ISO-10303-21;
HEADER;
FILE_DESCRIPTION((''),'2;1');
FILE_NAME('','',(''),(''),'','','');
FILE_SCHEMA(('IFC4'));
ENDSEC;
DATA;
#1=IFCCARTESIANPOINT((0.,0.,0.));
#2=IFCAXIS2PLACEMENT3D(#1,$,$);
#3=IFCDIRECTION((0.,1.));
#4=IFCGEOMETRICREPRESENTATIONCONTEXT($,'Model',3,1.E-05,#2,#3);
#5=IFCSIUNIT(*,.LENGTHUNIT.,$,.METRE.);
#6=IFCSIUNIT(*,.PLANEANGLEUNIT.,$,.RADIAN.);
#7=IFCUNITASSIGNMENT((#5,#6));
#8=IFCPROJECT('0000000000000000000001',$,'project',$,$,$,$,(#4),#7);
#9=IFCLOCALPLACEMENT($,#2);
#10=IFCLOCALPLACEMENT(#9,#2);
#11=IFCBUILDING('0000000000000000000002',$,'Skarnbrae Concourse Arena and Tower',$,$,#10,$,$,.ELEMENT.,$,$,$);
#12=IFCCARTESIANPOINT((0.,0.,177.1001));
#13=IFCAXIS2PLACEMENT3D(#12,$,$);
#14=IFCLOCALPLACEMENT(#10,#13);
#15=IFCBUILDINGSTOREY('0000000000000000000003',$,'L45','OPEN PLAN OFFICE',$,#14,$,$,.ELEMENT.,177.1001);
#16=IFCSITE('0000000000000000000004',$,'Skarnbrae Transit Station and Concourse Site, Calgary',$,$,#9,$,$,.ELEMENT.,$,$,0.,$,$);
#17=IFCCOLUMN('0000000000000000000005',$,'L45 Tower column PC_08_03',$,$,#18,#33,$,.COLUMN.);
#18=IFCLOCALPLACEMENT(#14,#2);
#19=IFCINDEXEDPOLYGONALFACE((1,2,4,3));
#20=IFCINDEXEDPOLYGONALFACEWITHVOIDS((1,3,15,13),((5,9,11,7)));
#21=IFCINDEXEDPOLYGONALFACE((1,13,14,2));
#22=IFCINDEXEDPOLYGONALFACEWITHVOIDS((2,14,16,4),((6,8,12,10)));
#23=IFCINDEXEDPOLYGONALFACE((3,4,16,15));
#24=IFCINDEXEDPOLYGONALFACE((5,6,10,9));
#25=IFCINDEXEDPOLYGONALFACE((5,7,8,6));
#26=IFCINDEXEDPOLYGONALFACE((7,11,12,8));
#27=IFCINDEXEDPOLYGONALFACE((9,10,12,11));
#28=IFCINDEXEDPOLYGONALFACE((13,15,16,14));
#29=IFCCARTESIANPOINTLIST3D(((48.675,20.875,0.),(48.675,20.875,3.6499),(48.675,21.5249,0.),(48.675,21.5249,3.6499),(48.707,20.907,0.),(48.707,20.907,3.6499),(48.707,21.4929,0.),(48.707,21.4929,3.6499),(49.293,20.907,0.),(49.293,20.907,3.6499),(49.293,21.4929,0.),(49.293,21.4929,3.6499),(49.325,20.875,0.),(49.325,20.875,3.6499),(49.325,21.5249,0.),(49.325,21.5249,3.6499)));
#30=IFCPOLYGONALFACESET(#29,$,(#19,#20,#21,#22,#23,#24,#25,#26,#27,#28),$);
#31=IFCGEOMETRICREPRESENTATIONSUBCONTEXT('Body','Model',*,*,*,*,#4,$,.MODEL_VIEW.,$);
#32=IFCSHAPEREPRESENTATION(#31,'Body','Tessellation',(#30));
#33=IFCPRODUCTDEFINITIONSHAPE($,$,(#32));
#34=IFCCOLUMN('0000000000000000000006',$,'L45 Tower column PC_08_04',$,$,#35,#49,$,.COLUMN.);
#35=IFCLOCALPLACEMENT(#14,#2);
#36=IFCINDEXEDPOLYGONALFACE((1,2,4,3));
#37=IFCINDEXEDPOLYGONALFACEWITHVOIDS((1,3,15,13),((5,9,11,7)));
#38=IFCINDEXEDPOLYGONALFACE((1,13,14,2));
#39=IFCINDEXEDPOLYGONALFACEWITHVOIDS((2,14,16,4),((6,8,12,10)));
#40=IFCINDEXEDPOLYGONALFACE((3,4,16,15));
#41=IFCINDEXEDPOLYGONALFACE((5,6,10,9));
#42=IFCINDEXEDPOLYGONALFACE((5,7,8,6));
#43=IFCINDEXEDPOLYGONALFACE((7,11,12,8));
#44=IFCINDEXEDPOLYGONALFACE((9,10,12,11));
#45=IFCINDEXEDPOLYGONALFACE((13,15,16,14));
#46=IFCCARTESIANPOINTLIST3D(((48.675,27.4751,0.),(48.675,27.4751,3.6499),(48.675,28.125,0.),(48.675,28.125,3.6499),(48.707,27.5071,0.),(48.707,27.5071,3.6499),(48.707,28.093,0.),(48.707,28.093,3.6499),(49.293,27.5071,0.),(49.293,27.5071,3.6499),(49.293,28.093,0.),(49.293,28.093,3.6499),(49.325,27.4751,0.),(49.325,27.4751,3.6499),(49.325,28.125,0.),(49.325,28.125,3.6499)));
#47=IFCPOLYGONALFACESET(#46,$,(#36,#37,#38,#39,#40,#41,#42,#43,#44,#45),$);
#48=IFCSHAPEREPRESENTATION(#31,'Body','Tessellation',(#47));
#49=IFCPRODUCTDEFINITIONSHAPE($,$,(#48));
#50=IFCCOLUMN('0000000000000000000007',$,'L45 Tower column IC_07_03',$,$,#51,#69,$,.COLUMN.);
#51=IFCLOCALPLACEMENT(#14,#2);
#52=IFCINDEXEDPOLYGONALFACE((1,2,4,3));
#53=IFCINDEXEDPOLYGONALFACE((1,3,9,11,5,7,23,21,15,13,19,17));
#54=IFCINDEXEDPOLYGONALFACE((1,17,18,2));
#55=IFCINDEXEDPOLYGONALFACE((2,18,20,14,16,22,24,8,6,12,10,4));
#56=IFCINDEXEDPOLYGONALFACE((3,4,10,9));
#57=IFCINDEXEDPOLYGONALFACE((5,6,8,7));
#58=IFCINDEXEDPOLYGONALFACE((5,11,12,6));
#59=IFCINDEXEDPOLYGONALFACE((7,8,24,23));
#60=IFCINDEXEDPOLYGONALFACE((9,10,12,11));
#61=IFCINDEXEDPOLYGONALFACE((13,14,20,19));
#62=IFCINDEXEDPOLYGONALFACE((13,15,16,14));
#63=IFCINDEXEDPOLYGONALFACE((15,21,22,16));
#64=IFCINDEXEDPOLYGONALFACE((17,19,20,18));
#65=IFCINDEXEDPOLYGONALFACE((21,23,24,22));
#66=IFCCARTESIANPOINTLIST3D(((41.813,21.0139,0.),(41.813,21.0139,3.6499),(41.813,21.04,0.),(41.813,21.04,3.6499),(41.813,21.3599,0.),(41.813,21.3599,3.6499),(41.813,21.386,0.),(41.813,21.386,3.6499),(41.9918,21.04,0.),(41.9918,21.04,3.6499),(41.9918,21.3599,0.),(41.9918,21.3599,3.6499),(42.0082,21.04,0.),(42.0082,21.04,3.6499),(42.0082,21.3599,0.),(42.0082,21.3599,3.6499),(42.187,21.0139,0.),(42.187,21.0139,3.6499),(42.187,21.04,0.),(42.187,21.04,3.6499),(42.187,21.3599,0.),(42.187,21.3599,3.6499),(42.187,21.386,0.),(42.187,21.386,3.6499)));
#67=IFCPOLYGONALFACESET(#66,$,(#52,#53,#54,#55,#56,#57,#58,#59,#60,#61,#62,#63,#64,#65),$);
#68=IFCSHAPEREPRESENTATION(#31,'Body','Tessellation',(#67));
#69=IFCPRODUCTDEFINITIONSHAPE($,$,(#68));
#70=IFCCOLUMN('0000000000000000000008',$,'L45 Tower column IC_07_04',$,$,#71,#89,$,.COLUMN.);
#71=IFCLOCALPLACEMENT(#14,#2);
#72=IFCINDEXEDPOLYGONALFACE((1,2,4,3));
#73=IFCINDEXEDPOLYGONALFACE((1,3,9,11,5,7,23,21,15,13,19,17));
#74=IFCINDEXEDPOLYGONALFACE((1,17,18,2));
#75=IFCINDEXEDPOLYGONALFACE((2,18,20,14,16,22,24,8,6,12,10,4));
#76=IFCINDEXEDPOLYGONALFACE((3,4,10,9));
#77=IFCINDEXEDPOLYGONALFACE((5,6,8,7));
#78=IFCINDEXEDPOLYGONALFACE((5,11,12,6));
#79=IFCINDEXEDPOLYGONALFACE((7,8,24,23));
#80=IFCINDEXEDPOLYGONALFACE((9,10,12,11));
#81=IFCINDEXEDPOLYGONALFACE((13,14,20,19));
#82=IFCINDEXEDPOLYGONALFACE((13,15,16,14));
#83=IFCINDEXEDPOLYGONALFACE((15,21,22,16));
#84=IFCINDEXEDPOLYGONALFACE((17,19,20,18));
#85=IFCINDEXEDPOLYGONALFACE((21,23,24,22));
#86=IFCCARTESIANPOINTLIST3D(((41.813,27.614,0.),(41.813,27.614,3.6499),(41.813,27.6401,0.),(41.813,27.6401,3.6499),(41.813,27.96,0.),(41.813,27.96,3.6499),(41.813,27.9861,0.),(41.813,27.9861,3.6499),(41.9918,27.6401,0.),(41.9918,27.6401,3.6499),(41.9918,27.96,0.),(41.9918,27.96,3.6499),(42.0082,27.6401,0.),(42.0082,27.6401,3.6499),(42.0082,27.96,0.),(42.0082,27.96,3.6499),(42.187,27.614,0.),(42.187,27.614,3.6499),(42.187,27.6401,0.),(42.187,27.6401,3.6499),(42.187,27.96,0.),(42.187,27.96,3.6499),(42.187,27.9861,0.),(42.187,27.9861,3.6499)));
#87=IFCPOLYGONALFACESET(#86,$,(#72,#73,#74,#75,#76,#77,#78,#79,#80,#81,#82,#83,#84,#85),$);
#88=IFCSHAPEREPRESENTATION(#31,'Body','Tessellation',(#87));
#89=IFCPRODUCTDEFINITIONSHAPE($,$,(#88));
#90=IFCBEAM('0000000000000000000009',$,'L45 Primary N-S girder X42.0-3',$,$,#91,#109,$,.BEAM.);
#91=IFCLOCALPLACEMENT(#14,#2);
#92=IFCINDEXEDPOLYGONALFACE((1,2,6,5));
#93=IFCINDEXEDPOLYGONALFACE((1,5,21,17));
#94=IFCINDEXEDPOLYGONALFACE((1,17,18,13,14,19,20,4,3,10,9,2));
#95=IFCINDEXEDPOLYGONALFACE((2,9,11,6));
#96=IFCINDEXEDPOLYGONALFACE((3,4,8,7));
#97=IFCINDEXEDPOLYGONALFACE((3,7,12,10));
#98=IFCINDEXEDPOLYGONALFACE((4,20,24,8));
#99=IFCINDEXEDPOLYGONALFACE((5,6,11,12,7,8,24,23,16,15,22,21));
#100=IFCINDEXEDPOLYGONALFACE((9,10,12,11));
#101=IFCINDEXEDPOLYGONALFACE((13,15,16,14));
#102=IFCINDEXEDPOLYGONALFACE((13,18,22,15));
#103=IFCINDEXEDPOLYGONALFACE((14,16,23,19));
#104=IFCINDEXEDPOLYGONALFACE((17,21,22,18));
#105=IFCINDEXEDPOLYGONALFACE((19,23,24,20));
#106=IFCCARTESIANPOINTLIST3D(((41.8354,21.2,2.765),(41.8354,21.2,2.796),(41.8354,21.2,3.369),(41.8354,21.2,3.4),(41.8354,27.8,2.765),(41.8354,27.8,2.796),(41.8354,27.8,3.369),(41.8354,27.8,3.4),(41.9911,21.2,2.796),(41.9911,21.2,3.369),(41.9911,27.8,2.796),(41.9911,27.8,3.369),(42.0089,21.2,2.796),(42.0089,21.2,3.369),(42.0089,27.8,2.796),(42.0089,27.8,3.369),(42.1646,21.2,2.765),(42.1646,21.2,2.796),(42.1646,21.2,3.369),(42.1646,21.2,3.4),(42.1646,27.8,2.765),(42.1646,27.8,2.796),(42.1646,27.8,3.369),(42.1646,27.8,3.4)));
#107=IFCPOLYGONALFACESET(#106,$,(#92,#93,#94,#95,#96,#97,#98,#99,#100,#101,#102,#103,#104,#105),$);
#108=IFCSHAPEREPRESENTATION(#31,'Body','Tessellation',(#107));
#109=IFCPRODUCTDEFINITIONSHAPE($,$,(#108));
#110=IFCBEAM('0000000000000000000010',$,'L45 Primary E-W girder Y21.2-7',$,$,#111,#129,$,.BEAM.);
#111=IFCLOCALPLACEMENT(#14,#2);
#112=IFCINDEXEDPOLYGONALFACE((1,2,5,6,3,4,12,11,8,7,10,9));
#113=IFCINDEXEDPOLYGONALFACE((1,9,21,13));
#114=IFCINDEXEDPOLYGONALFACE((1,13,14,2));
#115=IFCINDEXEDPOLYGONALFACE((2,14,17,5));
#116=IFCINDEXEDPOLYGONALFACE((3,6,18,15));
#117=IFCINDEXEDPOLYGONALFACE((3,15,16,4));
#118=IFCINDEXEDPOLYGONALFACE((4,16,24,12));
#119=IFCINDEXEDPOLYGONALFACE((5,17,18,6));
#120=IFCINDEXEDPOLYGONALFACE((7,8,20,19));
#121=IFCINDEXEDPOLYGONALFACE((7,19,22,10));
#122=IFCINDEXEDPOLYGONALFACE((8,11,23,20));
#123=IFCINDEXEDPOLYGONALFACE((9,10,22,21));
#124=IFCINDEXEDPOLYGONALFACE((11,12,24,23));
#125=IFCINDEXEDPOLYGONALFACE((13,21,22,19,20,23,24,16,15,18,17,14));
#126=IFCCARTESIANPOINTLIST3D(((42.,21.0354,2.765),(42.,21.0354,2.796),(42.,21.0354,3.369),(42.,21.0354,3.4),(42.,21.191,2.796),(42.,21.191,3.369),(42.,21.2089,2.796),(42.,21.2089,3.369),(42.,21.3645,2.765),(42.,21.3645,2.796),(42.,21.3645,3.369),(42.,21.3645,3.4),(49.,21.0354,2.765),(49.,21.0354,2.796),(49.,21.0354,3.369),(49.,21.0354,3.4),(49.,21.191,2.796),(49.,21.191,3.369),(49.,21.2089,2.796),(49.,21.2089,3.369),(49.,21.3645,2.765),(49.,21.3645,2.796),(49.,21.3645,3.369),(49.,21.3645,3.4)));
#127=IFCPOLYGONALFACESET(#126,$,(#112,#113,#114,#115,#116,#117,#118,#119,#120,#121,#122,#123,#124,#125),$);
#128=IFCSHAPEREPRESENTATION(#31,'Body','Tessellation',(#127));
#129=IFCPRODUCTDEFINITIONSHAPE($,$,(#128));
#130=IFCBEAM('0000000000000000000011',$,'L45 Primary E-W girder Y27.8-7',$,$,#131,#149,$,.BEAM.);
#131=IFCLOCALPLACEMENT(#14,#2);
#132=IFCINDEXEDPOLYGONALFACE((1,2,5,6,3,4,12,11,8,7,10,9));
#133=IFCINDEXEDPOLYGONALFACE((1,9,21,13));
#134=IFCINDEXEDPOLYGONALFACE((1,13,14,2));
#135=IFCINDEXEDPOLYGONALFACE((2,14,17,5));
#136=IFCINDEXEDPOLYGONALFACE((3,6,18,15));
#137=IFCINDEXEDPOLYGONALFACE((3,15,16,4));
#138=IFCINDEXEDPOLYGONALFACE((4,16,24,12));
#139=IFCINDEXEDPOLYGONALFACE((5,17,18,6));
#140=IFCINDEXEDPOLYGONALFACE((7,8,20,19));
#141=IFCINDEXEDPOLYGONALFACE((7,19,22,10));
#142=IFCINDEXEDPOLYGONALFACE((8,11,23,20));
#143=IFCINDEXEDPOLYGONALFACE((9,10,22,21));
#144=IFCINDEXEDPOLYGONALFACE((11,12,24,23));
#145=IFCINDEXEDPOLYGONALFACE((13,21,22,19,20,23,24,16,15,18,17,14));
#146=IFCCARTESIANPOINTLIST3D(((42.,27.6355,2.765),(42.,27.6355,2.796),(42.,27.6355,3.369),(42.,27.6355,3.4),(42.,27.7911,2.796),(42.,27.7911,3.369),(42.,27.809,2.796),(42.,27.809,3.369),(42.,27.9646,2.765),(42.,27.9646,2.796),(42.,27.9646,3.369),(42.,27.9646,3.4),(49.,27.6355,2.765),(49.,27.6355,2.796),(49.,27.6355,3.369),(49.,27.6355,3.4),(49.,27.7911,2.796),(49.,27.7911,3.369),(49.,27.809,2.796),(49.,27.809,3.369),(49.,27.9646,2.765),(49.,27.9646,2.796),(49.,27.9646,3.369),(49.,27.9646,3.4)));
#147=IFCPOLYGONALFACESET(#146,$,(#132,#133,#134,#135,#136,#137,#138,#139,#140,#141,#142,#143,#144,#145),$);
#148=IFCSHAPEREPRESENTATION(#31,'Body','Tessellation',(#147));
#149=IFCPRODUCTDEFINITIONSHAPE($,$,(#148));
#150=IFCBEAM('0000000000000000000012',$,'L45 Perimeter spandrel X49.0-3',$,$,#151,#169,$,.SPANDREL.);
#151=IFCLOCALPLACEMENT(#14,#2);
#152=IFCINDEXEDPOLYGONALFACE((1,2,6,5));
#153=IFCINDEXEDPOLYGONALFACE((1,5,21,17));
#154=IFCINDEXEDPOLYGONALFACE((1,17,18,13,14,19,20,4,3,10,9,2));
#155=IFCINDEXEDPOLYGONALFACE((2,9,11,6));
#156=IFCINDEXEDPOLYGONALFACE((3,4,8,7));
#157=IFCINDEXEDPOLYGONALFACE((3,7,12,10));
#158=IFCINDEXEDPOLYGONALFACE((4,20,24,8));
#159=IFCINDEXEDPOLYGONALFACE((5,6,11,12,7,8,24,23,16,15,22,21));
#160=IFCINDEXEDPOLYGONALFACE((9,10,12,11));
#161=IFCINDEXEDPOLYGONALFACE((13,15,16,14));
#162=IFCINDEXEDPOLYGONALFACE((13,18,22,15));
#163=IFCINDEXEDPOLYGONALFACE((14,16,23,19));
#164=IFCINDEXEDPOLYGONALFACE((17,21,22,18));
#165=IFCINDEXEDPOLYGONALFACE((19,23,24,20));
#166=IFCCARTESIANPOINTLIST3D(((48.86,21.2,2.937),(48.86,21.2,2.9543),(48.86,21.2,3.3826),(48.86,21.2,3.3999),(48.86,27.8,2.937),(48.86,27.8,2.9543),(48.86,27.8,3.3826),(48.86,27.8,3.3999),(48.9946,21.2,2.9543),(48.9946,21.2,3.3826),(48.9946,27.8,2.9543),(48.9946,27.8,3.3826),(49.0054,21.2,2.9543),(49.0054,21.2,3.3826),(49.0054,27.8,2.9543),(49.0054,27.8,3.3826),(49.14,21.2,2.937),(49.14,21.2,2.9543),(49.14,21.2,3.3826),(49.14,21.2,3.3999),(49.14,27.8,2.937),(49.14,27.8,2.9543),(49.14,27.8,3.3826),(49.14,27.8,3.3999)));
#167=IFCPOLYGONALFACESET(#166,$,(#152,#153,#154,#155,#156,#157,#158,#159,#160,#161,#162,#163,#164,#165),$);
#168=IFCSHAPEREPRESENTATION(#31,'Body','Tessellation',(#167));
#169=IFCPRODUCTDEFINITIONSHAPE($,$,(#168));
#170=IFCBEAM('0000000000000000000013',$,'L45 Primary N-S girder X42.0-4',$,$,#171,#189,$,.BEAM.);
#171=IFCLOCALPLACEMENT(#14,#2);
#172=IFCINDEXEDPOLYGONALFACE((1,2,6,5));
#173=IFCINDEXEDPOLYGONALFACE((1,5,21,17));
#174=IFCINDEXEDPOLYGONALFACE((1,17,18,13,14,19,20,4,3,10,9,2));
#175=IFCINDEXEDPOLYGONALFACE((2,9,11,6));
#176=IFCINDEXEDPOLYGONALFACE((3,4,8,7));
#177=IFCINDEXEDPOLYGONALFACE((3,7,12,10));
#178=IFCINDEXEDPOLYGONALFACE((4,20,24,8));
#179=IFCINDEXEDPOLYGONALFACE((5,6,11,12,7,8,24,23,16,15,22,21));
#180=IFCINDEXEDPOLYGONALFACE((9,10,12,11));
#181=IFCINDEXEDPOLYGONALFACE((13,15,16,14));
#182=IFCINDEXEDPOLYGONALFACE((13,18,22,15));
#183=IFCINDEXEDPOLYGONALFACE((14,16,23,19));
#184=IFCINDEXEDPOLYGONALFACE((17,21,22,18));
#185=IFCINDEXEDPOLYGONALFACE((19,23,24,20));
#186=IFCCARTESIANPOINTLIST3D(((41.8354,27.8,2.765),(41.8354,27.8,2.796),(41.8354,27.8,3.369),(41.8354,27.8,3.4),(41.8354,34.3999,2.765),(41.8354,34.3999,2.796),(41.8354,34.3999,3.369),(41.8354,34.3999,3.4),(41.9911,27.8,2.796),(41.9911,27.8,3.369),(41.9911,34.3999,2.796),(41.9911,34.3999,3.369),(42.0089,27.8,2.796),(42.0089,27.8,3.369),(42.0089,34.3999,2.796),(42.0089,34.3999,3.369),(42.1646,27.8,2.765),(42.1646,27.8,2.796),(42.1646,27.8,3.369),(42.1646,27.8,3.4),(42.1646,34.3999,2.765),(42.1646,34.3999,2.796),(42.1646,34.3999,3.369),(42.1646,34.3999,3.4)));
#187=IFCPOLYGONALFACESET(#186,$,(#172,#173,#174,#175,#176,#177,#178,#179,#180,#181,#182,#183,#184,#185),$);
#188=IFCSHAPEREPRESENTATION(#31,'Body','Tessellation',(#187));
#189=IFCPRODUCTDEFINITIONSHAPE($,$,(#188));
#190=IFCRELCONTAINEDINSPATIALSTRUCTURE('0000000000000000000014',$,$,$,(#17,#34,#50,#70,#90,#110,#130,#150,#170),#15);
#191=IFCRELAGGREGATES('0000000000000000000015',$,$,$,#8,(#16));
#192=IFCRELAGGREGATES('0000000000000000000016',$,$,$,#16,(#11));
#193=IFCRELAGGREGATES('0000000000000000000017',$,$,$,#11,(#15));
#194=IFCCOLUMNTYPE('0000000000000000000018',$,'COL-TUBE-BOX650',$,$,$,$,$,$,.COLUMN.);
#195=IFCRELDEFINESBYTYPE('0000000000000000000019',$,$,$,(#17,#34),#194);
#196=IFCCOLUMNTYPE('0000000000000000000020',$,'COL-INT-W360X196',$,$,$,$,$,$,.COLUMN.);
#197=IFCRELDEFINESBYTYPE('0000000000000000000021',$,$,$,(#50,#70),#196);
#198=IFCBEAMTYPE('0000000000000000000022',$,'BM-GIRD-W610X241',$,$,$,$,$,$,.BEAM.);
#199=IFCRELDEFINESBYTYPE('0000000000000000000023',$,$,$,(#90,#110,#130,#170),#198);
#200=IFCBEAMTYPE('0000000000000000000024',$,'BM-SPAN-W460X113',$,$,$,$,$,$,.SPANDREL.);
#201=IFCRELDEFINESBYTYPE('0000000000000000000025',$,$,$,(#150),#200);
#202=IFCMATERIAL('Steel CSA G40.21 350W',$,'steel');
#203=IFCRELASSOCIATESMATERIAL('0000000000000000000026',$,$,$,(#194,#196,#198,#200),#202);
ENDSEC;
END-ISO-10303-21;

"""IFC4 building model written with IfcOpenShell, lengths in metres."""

from ifc_helpers import new_model, si_unit, direction, frame, origin, origin_2d, place, context, subcontext, project, spatial, hollow_rectangle, i_section, extrude, source, transform, mapped, material, material_profile, profile_set, type_object, element, save


model = new_model("IFC4")

# Units and contexts
model_context = context("Model", 3, precision=1e-05, world=origin(), true_north=direction((0.0, 1.0)))
body_context = subcontext(model_context, "Body", "Model", "MODEL_VIEW")
ifc_project = project(units=[si_unit("LENGTHUNIT", "METRE"), si_unit("PLANEANGLEUNIT", "RADIAN")], contexts=[model_context])

# Site, building, storey
site_placement = place(None, origin())
site = spatial("IfcSite", under=ifc_project, at=site_placement, Name="Skarnbrae Transit Station and Concourse Site, Calgary", CompositionType="ELEMENT", RefElevation=0.0)
building_placement = place(site_placement, origin())
building = spatial("IfcBuilding", under=site, at=building_placement, Name="Skarnbrae Concourse Arena and Tower", CompositionType="ELEMENT")
storey_placement = place(building_placement, frame((0.0, 0.0, 177.1001)))
storey = spatial("IfcBuildingStorey", under=building, at=storey_placement, Name="L45", Description="OPEN PLAN OFFICE", CompositionType="ELEMENT", Elevation=177.1001)

# Columns
ifc_material_1 = material(Name="Steel CSA G40.21 350W", Category="steel")
ifc_material_profile_1 = material_profile(ifc_material_1, hollow_rectangle(XDim=0.6499, YDim=0.6499, WallThickness=0.032, at=origin_2d()), Name="BOX650X650X32")
ifc_profile_set_1 = profile_set([ifc_material_profile_1], Name="Steel CSA G40.21 350W")
column_type_1 = type_object("IfcColumnType", Name="COL-TUBE-BOX650", PredefinedType="COLUMN", material=ifc_profile_set_1)
shared_shape_1 = source(origin(), body_context, "Body", "SweptSolid", [
    extrude(hollow_rectangle(XDim=0.6499, YDim=0.6499, WallThickness=0.032, at=origin_2d()), origin(), (0.0, 0.0, 1.0), 3.6499),
])
for number, where, z_axis, x_axis, name in (
    (1, (49.0, 21.2, 0.0), (0.0, 0.0, 1.0), (1.0, 0.0, 0.0), "L45 Tower column PC_08_03"),
    (2, (49.0, 27.8, 0.0), (0.0, 0.0, 1.0), (1.0, 0.0, 0.0), "L45 Tower column PC_08_04"),
):
    element("IfcColumn", number, at=place(storey_placement, frame(where, z_axis=z_axis, x_axis=x_axis)), inside=storey, type_object=column_type_1, Name=name, PredefinedType="COLUMN", context=body_context, shape_type="MappedRepresentation", body=[
        mapped(shared_shape_1, transform((0.0, 0.0, 0.0))),
    ])
ifc_material_profile_2 = material_profile(ifc_material_1, i_section(OverallWidth=0.374, OverallDepth=0.3721, WebThickness=0.0164, FlangeThickness=0.0261, at=origin_2d()), Name="W360X196")
ifc_profile_set_2 = profile_set([ifc_material_profile_2], Name="Steel CSA G40.21 350W")
column_type_2 = type_object("IfcColumnType", Name="COL-INT-W360X196", PredefinedType="COLUMN", material=ifc_profile_set_2)
shared_shape_2 = source(origin(), body_context, "Body", "SweptSolid", [
    extrude(i_section(OverallWidth=0.374, OverallDepth=0.3721, WebThickness=0.0164, FlangeThickness=0.0261, at=origin_2d()), origin(), (0.0, 0.0, 1.0), 3.6499),
])
for number, where, z_axis, x_axis, name in (
    (3, (42.0, 21.2, 0.0), (0.0, 0.0, 1.0), (1.0, 0.0, 0.0), "L45 Tower column IC_07_03"),
    (4, (42.0, 27.8, 0.0), (0.0, 0.0, 1.0), (1.0, 0.0, 0.0), "L45 Tower column IC_07_04"),
):
    element("IfcColumn", number, at=place(storey_placement, frame(where, z_axis=z_axis, x_axis=x_axis)), inside=storey, type_object=column_type_2, Name=name, PredefinedType="COLUMN", context=body_context, shape_type="MappedRepresentation", body=[
        mapped(shared_shape_2, transform((0.0, 0.0, 0.0))),
    ])

# Beams
ifc_material_profile_3 = material_profile(ifc_material_1, i_section(OverallWidth=0.3291, OverallDepth=0.635, WebThickness=0.0178, FlangeThickness=0.031, at=origin_2d()), Name="W610X241")
ifc_profile_set_3 = profile_set([ifc_material_profile_3], Name="Steel CSA G40.21 350W")
beam_type_1 = type_object("IfcBeamType", Name="BM-GIRD-W610X241", PredefinedType="BEAM", material=ifc_profile_set_3)
shared_shape_3 = source(origin(), body_context, "Body", "SweptSolid", [
    extrude(i_section(OverallWidth=0.3291, OverallDepth=0.635, WebThickness=0.0178, FlangeThickness=0.031, at=origin_2d()), origin(), (0.0, 0.0, 1.0), 6.6001),
])
beam_1_placement = place(storey_placement, frame((42.0, 21.2, 3.0825), z_axis=(0.0, 1.0, 0.0), x_axis=(-1.0, 0.0, 0.0)))
element("IfcBeam", 5, at=beam_1_placement, inside=storey, type_object=beam_type_1, Name="L45 Primary N-S girder X42.0-3", PredefinedType="BEAM", context=body_context, shape_type="MappedRepresentation", body=[
    mapped(shared_shape_3, transform((0.0, 0.0, 0.0))),
])
shared_shape_4 = source(origin(), body_context, "Body", "SweptSolid", [
    extrude(i_section(OverallWidth=0.3291, OverallDepth=0.635, WebThickness=0.0178, FlangeThickness=0.031, at=origin_2d()), origin(), (0.0, 0.0, 1.0), 7.0),
])
for number, where, z_axis, x_axis, name in (
    (6, (42.0, 21.2, 3.0825), (1.0, 0.0, 0.0), (0.0, 1.0, 0.0), "L45 Primary E-W girder Y21.2-7"),
    (7, (42.0, 27.8, 3.0825), (1.0, 0.0, 0.0), (0.0, 1.0, 0.0), "L45 Primary E-W girder Y27.8-7"),
):
    element("IfcBeam", number, at=place(storey_placement, frame(where, z_axis=z_axis, x_axis=x_axis)), inside=storey, type_object=beam_type_1, Name=name, PredefinedType="BEAM", context=body_context, shape_type="MappedRepresentation", body=[
        mapped(shared_shape_4, transform((0.0, 0.0, 0.0))),
    ])
ifc_material_profile_4 = material_profile(ifc_material_1, i_section(OverallWidth=0.28, OverallDepth=0.4629, WebThickness=0.0107, FlangeThickness=0.0173, at=origin_2d()), Name="W460X113")
ifc_profile_set_4 = profile_set([ifc_material_profile_4], Name="Steel CSA G40.21 350W")
beam_type_2 = type_object("IfcBeamType", Name="BM-SPAN-W460X113", PredefinedType="SPANDREL", material=ifc_profile_set_4)
shared_shape_5 = source(origin(), body_context, "Body", "SweptSolid", [
    extrude(i_section(OverallWidth=0.28, OverallDepth=0.4629, WebThickness=0.0107, FlangeThickness=0.0173, at=origin_2d()), origin(), (0.0, 0.0, 1.0), 6.6001),
])
beam_2_placement = place(storey_placement, frame((49.0, 21.2, 3.1685), z_axis=(0.0, 1.0, 0.0), x_axis=(-1.0, 0.0, 0.0)))
element("IfcBeam", 8, at=beam_2_placement, inside=storey, type_object=beam_type_2, Name="L45 Perimeter spandrel X49.0-3", PredefinedType="SPANDREL", context=body_context, shape_type="MappedRepresentation", body=[
    mapped(shared_shape_5, transform((0.0, 0.0, 0.0))),
])
shared_shape_6 = source(origin(), body_context, "Body", "SweptSolid", [
    extrude(i_section(OverallWidth=0.3291, OverallDepth=0.635, WebThickness=0.0178, FlangeThickness=0.031, at=origin_2d()), origin(), (0.0, 0.0, 1.0), 6.5999),
])
beam_3_placement = place(storey_placement, frame((42.0, 27.8, 3.0825), z_axis=(0.0, 1.0, 0.0), x_axis=(-1.0, 0.0, 0.0)))
element("IfcBeam", 9, at=beam_3_placement, inside=storey, type_object=beam_type_1, Name="L45 Primary N-S girder X42.0-4", PredefinedType="BEAM", context=body_context, shape_type="MappedRepresentation", body=[
    mapped(shared_shape_6, transform((0.0, 0.0, 0.0))),
])

save(model, "model.ifc")
